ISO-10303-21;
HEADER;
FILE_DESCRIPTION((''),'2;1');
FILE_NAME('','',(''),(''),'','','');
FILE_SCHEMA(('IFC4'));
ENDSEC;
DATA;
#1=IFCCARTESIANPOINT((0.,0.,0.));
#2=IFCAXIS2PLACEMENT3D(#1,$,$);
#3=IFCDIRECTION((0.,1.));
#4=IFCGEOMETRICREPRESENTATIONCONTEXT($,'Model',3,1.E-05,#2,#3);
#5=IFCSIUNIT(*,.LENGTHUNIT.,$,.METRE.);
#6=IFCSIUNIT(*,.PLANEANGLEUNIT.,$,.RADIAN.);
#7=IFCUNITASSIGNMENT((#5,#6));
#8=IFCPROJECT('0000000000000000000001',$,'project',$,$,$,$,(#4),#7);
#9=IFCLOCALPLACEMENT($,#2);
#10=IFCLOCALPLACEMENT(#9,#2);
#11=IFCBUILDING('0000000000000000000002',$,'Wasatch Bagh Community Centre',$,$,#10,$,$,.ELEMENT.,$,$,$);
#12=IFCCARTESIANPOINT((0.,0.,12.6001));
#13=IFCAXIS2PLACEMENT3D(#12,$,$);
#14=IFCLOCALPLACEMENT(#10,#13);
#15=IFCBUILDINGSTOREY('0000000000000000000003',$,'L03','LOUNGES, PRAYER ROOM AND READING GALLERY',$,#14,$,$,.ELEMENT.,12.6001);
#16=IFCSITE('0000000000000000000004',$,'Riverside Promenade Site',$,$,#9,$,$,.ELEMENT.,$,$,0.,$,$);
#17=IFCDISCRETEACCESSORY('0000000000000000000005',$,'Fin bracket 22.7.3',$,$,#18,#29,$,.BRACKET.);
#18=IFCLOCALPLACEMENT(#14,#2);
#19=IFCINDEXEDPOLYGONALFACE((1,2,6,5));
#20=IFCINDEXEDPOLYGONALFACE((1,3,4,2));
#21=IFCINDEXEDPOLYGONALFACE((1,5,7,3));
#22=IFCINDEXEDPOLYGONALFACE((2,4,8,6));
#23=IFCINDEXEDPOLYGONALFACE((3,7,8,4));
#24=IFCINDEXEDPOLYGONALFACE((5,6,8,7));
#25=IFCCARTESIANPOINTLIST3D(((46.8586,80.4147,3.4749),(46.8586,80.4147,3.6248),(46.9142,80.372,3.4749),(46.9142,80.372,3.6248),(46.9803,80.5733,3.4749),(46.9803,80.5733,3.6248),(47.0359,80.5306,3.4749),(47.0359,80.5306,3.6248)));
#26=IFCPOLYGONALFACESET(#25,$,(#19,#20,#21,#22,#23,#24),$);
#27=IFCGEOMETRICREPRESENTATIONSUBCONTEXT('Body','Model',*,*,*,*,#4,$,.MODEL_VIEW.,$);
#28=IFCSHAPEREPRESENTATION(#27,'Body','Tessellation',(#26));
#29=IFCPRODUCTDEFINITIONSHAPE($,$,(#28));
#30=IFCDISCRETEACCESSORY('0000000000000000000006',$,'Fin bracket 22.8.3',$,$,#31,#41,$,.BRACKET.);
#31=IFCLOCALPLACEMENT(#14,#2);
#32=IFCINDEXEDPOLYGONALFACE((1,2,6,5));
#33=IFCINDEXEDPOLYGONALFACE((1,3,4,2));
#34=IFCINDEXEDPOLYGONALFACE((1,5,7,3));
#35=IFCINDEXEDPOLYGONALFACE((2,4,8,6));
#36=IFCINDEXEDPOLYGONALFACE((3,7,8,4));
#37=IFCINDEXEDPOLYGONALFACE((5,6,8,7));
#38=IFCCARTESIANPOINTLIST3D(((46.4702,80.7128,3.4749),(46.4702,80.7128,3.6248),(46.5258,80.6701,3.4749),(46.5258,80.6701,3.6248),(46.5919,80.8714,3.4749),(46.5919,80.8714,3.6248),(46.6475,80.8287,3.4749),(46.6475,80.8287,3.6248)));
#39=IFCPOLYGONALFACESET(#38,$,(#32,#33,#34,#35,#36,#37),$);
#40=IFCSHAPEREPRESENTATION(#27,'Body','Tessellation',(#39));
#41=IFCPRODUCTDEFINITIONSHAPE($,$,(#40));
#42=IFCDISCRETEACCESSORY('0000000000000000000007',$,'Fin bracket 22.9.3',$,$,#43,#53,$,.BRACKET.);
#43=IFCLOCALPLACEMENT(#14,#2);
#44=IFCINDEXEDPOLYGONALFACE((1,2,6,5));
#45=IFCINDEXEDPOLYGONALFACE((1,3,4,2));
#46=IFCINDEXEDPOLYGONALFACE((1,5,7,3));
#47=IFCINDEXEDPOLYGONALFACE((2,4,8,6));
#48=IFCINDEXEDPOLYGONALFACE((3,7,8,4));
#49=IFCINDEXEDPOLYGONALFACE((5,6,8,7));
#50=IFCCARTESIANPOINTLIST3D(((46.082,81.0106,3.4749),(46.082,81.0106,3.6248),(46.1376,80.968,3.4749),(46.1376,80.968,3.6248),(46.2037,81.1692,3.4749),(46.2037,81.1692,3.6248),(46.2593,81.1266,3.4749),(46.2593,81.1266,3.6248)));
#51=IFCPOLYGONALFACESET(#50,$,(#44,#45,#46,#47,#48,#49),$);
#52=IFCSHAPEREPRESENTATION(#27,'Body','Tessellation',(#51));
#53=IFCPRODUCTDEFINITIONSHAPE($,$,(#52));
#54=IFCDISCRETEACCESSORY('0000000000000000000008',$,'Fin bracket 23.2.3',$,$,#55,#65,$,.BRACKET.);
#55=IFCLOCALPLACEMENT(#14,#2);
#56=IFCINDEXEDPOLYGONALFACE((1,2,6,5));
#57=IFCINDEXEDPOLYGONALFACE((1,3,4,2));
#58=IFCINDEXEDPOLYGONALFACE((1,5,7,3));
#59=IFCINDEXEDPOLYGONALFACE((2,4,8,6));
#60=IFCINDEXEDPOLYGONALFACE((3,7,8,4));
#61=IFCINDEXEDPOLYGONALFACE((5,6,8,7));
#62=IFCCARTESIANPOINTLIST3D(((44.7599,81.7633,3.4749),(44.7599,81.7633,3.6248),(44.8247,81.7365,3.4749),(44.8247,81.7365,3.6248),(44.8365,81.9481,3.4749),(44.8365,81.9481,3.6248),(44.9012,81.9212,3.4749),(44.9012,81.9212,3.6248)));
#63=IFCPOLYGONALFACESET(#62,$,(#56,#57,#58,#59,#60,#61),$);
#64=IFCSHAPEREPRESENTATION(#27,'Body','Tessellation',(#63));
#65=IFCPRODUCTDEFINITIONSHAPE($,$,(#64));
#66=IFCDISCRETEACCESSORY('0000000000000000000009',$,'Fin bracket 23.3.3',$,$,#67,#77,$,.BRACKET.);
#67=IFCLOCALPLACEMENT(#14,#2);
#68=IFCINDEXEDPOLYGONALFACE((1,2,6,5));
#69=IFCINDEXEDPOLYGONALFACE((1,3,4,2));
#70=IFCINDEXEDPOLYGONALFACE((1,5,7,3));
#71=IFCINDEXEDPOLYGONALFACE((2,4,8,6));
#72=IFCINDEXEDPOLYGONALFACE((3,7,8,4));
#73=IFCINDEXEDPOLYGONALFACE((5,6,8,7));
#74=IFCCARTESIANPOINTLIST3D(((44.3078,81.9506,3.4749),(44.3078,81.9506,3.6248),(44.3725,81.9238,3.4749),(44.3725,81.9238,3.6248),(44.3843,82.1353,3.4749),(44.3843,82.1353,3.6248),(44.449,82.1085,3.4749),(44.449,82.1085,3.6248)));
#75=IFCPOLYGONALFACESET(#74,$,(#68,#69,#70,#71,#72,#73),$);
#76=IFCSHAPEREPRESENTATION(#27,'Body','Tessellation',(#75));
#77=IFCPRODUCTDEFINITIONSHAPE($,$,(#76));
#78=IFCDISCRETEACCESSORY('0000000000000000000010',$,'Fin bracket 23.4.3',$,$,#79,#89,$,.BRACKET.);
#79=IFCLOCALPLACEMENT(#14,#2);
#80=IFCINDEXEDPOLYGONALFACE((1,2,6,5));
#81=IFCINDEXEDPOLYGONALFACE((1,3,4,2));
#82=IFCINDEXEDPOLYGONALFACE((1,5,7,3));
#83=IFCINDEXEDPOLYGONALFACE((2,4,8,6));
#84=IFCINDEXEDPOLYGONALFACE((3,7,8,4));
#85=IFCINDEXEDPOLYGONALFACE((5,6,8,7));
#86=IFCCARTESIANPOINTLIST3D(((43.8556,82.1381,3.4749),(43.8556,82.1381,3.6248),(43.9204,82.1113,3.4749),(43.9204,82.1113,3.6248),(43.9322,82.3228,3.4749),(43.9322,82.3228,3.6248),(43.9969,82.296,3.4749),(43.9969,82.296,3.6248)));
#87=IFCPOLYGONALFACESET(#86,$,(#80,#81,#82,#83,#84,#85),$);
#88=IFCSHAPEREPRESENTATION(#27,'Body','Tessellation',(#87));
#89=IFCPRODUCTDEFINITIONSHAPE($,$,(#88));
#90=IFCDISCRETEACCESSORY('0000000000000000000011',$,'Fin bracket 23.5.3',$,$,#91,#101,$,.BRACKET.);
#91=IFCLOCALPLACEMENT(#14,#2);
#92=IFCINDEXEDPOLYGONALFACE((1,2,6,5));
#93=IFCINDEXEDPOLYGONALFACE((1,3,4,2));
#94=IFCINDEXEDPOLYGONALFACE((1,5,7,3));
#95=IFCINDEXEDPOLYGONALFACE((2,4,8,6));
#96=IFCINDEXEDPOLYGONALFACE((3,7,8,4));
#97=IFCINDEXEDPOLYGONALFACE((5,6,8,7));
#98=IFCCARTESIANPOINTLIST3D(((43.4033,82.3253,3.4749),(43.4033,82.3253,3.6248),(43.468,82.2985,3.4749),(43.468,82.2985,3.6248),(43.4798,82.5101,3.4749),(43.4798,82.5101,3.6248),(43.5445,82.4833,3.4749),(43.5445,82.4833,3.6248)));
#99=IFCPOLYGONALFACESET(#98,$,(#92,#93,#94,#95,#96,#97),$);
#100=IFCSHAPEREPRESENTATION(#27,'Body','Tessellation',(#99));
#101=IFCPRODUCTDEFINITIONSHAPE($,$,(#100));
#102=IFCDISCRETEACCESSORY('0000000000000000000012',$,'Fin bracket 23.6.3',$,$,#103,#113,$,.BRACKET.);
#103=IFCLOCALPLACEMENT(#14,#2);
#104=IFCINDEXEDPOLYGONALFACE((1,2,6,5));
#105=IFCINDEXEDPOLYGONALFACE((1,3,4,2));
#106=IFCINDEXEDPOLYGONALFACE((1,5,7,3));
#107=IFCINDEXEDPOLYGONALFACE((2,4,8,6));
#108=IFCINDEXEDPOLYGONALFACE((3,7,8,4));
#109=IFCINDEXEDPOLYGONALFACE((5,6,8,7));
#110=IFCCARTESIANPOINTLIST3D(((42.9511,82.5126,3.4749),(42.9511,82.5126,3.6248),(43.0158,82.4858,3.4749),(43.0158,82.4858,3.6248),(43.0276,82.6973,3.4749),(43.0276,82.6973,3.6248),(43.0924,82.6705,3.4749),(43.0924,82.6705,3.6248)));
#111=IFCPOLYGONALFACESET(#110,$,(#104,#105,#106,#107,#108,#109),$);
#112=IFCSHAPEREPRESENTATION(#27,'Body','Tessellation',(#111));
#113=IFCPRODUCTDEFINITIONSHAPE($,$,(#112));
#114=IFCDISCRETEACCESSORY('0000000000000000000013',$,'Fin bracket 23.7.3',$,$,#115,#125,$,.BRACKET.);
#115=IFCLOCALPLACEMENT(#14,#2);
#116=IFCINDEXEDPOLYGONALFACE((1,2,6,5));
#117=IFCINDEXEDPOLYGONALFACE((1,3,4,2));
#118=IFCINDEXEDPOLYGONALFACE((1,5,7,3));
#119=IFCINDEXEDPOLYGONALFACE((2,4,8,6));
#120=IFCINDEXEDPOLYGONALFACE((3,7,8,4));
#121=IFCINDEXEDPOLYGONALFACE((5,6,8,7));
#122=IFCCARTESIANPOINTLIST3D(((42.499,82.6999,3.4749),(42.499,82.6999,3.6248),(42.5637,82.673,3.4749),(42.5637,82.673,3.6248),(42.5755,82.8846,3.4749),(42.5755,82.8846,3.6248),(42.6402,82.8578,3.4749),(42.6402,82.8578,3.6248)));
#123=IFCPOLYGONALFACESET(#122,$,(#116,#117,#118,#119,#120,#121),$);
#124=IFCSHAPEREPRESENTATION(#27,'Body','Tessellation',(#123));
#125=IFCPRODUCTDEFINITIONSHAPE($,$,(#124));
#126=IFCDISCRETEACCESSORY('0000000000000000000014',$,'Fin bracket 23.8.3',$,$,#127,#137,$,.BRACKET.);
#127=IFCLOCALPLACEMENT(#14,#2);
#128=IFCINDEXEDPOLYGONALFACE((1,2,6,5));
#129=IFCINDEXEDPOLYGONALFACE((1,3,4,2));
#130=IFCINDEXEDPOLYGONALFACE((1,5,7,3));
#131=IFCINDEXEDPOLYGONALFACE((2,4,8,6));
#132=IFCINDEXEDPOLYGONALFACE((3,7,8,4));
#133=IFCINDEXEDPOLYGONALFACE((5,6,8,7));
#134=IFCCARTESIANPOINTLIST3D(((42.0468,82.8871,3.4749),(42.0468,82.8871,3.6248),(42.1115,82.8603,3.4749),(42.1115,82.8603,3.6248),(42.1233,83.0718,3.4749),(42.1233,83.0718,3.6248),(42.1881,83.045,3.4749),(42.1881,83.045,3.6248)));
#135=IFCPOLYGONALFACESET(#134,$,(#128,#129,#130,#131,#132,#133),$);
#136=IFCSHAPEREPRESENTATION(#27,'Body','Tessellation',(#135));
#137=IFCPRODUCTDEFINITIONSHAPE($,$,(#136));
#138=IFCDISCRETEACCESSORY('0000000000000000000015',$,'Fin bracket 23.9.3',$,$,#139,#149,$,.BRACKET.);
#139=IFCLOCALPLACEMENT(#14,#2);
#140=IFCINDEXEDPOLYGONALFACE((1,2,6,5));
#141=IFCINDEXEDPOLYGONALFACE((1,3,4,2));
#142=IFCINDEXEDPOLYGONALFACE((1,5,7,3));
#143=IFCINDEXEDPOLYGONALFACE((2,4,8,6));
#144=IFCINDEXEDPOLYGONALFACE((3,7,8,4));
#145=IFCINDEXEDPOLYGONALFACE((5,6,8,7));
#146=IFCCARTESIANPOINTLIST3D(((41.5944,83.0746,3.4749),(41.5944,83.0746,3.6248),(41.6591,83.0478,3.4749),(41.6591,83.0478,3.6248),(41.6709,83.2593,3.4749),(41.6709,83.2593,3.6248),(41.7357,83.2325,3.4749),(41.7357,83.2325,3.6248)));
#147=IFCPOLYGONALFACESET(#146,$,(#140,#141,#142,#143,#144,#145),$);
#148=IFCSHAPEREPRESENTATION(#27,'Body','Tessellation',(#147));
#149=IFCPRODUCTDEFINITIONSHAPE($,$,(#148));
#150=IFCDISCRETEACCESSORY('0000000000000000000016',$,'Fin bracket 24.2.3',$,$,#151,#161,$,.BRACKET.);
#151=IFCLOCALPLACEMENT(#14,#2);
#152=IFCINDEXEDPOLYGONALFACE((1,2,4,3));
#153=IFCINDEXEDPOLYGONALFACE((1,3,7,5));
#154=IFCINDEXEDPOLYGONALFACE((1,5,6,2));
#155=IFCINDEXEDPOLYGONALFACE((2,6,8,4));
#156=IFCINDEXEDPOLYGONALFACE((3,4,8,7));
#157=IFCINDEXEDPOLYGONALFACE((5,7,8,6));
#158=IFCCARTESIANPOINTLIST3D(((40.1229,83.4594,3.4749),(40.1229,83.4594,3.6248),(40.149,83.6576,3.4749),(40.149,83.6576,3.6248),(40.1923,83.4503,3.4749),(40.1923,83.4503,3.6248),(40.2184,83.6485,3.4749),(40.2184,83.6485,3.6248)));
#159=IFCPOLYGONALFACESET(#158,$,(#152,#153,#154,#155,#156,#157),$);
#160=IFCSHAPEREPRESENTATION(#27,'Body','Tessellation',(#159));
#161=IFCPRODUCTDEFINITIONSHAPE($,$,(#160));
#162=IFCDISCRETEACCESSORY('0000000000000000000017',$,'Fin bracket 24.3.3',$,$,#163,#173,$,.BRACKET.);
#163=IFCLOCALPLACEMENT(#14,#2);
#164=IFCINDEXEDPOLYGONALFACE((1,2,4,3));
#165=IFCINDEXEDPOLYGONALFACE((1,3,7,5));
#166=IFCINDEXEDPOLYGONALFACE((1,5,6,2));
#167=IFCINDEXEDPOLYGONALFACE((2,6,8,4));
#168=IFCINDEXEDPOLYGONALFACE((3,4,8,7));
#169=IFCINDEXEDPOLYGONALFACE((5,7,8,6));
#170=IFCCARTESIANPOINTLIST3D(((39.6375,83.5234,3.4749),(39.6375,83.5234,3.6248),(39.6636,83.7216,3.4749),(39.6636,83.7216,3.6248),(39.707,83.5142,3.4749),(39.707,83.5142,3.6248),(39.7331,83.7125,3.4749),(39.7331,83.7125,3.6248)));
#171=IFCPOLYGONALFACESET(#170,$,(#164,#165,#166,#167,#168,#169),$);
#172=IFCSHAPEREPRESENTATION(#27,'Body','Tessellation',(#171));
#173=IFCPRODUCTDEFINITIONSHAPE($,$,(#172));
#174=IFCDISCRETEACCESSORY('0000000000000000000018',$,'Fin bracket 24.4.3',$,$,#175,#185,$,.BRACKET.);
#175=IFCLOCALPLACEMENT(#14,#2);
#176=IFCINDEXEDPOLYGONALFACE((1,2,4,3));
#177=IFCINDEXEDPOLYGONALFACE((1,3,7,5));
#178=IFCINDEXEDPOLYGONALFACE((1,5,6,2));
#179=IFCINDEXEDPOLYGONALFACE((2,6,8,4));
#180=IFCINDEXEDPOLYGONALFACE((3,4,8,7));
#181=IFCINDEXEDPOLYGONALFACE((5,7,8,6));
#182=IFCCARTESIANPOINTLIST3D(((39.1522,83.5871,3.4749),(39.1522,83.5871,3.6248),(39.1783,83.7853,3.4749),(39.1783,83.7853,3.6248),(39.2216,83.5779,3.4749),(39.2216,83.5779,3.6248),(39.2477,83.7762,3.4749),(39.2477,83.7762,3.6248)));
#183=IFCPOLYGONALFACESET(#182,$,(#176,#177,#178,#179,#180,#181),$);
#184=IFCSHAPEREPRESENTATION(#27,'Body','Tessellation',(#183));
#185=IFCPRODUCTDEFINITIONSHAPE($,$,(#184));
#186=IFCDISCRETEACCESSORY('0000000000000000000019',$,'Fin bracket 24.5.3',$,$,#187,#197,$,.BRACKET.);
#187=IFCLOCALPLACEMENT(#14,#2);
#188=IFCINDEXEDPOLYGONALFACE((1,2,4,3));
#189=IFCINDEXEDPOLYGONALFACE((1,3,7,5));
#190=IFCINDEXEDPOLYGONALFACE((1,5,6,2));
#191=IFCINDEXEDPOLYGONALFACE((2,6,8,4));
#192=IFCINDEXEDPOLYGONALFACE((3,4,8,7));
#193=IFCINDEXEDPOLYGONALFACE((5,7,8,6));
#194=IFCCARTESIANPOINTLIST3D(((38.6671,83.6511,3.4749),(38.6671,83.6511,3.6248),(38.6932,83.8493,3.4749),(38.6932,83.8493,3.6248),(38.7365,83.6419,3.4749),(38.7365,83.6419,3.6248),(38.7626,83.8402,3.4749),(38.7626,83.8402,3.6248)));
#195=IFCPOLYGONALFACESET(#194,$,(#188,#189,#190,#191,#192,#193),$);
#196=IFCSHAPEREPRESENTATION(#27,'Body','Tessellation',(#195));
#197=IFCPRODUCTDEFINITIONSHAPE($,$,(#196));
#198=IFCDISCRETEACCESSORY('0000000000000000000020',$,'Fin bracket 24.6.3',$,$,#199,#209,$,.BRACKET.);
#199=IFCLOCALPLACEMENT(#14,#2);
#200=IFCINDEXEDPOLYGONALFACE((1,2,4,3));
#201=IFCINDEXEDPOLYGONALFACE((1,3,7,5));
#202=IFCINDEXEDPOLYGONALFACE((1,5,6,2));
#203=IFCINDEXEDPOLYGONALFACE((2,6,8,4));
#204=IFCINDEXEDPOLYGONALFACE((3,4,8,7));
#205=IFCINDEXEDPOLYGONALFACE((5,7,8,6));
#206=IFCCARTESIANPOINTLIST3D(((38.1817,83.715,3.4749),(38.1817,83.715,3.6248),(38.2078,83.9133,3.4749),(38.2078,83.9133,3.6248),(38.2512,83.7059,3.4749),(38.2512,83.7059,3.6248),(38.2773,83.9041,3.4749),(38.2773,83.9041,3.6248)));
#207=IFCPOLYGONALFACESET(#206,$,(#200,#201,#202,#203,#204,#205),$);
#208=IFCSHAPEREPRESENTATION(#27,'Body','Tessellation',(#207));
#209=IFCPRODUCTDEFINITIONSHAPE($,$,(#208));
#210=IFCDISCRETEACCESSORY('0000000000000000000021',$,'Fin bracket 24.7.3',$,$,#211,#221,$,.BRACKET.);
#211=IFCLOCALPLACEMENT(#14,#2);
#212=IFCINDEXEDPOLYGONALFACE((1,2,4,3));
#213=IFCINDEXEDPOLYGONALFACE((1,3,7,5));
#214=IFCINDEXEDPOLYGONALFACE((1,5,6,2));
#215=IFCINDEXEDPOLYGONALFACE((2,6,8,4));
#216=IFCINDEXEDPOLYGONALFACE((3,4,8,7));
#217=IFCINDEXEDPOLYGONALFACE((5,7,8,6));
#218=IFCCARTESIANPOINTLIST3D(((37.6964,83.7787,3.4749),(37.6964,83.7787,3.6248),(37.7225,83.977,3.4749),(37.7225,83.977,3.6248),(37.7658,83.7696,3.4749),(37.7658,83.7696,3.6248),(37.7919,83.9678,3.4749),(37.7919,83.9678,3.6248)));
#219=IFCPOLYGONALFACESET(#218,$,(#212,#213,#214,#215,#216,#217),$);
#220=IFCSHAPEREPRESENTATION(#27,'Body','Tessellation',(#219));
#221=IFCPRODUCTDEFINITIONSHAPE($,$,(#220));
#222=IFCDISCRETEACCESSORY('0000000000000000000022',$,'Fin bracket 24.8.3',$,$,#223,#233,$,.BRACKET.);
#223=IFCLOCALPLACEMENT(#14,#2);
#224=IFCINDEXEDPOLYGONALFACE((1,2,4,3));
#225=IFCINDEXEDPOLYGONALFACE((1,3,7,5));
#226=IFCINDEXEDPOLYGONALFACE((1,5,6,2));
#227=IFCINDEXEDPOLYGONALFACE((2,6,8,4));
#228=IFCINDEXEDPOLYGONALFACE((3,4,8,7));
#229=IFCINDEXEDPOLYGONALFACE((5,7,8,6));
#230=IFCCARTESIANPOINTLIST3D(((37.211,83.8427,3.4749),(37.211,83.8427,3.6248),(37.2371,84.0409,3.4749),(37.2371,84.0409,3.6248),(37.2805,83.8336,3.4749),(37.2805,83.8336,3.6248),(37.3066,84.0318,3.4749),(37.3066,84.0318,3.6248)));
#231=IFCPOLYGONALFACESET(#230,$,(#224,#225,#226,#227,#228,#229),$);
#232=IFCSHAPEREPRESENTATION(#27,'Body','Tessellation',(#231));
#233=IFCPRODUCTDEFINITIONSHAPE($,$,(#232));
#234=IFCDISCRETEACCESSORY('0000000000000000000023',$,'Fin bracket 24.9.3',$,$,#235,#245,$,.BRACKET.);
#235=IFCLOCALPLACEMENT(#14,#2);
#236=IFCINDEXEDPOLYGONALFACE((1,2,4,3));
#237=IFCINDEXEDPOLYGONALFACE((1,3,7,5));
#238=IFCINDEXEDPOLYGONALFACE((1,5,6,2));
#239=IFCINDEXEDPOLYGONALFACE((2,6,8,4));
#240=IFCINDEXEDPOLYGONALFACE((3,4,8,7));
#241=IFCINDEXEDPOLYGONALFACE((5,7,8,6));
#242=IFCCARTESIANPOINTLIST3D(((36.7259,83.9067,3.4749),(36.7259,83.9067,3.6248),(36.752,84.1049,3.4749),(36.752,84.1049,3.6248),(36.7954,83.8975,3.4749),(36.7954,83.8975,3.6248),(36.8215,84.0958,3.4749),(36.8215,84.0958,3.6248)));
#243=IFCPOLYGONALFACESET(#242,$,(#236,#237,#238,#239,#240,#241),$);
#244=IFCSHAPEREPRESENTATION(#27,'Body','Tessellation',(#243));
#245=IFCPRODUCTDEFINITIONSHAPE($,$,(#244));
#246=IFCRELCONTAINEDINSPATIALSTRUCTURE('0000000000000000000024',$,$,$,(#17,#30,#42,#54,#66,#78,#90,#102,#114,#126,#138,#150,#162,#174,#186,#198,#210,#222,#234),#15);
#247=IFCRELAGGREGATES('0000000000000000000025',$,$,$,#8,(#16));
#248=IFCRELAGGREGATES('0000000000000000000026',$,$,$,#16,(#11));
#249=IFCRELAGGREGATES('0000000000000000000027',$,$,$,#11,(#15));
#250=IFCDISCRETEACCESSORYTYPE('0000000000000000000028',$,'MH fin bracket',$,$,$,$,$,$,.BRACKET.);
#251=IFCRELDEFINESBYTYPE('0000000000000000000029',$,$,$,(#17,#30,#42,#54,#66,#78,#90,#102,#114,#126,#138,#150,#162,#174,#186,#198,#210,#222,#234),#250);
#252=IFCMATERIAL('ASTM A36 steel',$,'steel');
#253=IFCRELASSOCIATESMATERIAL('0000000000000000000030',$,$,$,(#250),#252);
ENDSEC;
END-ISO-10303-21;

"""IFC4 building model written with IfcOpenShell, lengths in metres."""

from ifc_helpers import new_model, si_unit, direction, frame, origin, origin_2d, place, context, subcontext, project, spatial, rectangle, extrude, material, type_object, element, save


model = new_model("IFC4")

# Units and contexts
model_context = context("Model", 3, precision=1e-05, world=origin(), true_north=direction((0.0, 1.0)))
body_context = subcontext(model_context, "Body", "Model", "MODEL_VIEW")
ifc_project = project(units=[si_unit("LENGTHUNIT", "METRE"), si_unit("PLANEANGLEUNIT", "RADIAN")], contexts=[model_context])

# Site, building, storey
site_placement = place(None, origin())
site = spatial("IfcSite", under=ifc_project, at=site_placement, Name="Riverside Promenade Site", CompositionType="ELEMENT", RefElevation=0.0)
building_placement = place(site_placement, origin())
building = spatial("IfcBuilding", under=site, at=building_placement, Name="Wasatch Bagh Community Centre", CompositionType="ELEMENT")
storey_placement = place(building_placement, frame((0.0, 0.0, 12.6001)))
storey = spatial("IfcBuildingStorey", under=building, at=storey_placement, Name="L03", Description="LOUNGES, PRAYER ROOM AND READING GALLERY", CompositionType="ELEMENT", Elevation=12.6001)

# Discrete accessories
ifc_material_1 = material(Name="ASTM A36 steel", Category="steel")
discrete_accessory_type = type_object("IfcDiscreteAccessoryType", Name="MH fin bracket", PredefinedType="BRACKET", material=ifc_material_1)
for number, where, z_axis, x_axis, name in (
    (1, (46.9473, 80.4727, 3.4749), (0.0, 0.0, 1.0), (-0.793353, 0.608761, 0.0), "Fin bracket 22.7.3"),
    (2, (46.5588, 80.7708, 3.4749), (0.0, 0.0, 1.0), (-0.793353, 0.608761, 0.0), "Fin bracket 22.8.3"),
    (3, (46.1707, 81.0686, 3.4749), (0.0, 0.0, 1.0), (-0.793353, 0.608761, 0.0), "Fin bracket 22.9.3"),
    (4, (44.8306, 81.8423, 3.4749), (0.0, 0.0, 1.0), (-0.92388, 0.382683, 0.0), "Fin bracket 23.2.3"),
    (5, (44.3784, 82.0295, 3.4749), (0.0, 0.0, 1.0), (-0.92388, 0.382683, 0.0), "Fin bracket 23.3.3"),
    (6, (43.9263, 82.217, 3.4749), (0.0, 0.0, 1.0), (-0.92388, 0.382683, 0.0), "Fin bracket 23.4.3"),
    (7, (43.4739, 82.4043, 3.4749), (0.0, 0.0, 1.0), (-0.92388, 0.382683, 0.0), "Fin bracket 23.5.3"),
    (8, (43.0217, 82.5916, 3.4749), (0.0, 0.0, 1.0), (-0.92388, 0.382683, 0.0), "Fin bracket 23.6.3"),
    (9, (42.5696, 82.7788, 3.4749), (0.0, 0.0, 1.0), (-0.92388, 0.382683, 0.0), "Fin bracket 23.7.3"),
    (10, (42.1174, 82.9661, 3.4749), (0.0, 0.0, 1.0), (-0.92388, 0.382683, 0.0), "Fin bracket 23.8.3"),
    (11, (41.665, 83.1536, 3.4749), (0.0, 0.0, 1.0), (-0.92388, 0.382683, 0.0), "Fin bracket 23.9.3"),
    (12, (40.1707, 83.554, 3.4749), (0.0, 0.0, 1.0), (-0.991445, 0.130526, 0.0), "Fin bracket 24.2.3"),
    (13, (39.6853, 83.6179, 3.4749), (0.0, 0.0, 1.0), (-0.991445, 0.130526, 0.0), "Fin bracket 24.3.3"),
    (14, (39.2, 83.6816, 3.4749), (0.0, 0.0, 1.0), (-0.991445, 0.130526, 0.0), "Fin bracket 24.4.3"),
    (15, (38.7148, 83.7456, 3.4749), (0.0, 0.0, 1.0), (-0.991445, 0.130526, 0.0), "Fin bracket 24.5.3"),
    (16, (38.2295, 83.8096, 3.4749), (0.0, 0.0, 1.0), (-0.991445, 0.130526, 0.0), "Fin bracket 24.6.3"),
    (17, (37.7441, 83.8733, 3.4749), (0.0, 0.0, 1.0), (-0.991445, 0.130526, 0.0), "Fin bracket 24.7.3"),
    (18, (37.2588, 83.9373, 3.4749), (0.0, 0.0, 1.0), (-0.991445, 0.130526, 0.0), "Fin bracket 24.8.3"),
    (19, (36.7737, 84.0012, 3.4749), (0.0, 0.0, 1.0), (-0.991445, 0.130526, 0.0), "Fin bracket 24.9.3"),
):
    element("IfcDiscreteAccessory", number, at=place(storey_placement, frame(where, z_axis=z_axis, x_axis=x_axis)), inside=storey, type_object=discrete_accessory_type, Name=name, PredefinedType="BRACKET", context=body_context, shape_type="SweptSolid", body=[
        extrude(rectangle(XDim=0.0701, YDim=0.2, at=origin_2d()), origin(), (0.0, 0.0, 1.0), 0.1499),
    ])

save(model, "model.ifc")
